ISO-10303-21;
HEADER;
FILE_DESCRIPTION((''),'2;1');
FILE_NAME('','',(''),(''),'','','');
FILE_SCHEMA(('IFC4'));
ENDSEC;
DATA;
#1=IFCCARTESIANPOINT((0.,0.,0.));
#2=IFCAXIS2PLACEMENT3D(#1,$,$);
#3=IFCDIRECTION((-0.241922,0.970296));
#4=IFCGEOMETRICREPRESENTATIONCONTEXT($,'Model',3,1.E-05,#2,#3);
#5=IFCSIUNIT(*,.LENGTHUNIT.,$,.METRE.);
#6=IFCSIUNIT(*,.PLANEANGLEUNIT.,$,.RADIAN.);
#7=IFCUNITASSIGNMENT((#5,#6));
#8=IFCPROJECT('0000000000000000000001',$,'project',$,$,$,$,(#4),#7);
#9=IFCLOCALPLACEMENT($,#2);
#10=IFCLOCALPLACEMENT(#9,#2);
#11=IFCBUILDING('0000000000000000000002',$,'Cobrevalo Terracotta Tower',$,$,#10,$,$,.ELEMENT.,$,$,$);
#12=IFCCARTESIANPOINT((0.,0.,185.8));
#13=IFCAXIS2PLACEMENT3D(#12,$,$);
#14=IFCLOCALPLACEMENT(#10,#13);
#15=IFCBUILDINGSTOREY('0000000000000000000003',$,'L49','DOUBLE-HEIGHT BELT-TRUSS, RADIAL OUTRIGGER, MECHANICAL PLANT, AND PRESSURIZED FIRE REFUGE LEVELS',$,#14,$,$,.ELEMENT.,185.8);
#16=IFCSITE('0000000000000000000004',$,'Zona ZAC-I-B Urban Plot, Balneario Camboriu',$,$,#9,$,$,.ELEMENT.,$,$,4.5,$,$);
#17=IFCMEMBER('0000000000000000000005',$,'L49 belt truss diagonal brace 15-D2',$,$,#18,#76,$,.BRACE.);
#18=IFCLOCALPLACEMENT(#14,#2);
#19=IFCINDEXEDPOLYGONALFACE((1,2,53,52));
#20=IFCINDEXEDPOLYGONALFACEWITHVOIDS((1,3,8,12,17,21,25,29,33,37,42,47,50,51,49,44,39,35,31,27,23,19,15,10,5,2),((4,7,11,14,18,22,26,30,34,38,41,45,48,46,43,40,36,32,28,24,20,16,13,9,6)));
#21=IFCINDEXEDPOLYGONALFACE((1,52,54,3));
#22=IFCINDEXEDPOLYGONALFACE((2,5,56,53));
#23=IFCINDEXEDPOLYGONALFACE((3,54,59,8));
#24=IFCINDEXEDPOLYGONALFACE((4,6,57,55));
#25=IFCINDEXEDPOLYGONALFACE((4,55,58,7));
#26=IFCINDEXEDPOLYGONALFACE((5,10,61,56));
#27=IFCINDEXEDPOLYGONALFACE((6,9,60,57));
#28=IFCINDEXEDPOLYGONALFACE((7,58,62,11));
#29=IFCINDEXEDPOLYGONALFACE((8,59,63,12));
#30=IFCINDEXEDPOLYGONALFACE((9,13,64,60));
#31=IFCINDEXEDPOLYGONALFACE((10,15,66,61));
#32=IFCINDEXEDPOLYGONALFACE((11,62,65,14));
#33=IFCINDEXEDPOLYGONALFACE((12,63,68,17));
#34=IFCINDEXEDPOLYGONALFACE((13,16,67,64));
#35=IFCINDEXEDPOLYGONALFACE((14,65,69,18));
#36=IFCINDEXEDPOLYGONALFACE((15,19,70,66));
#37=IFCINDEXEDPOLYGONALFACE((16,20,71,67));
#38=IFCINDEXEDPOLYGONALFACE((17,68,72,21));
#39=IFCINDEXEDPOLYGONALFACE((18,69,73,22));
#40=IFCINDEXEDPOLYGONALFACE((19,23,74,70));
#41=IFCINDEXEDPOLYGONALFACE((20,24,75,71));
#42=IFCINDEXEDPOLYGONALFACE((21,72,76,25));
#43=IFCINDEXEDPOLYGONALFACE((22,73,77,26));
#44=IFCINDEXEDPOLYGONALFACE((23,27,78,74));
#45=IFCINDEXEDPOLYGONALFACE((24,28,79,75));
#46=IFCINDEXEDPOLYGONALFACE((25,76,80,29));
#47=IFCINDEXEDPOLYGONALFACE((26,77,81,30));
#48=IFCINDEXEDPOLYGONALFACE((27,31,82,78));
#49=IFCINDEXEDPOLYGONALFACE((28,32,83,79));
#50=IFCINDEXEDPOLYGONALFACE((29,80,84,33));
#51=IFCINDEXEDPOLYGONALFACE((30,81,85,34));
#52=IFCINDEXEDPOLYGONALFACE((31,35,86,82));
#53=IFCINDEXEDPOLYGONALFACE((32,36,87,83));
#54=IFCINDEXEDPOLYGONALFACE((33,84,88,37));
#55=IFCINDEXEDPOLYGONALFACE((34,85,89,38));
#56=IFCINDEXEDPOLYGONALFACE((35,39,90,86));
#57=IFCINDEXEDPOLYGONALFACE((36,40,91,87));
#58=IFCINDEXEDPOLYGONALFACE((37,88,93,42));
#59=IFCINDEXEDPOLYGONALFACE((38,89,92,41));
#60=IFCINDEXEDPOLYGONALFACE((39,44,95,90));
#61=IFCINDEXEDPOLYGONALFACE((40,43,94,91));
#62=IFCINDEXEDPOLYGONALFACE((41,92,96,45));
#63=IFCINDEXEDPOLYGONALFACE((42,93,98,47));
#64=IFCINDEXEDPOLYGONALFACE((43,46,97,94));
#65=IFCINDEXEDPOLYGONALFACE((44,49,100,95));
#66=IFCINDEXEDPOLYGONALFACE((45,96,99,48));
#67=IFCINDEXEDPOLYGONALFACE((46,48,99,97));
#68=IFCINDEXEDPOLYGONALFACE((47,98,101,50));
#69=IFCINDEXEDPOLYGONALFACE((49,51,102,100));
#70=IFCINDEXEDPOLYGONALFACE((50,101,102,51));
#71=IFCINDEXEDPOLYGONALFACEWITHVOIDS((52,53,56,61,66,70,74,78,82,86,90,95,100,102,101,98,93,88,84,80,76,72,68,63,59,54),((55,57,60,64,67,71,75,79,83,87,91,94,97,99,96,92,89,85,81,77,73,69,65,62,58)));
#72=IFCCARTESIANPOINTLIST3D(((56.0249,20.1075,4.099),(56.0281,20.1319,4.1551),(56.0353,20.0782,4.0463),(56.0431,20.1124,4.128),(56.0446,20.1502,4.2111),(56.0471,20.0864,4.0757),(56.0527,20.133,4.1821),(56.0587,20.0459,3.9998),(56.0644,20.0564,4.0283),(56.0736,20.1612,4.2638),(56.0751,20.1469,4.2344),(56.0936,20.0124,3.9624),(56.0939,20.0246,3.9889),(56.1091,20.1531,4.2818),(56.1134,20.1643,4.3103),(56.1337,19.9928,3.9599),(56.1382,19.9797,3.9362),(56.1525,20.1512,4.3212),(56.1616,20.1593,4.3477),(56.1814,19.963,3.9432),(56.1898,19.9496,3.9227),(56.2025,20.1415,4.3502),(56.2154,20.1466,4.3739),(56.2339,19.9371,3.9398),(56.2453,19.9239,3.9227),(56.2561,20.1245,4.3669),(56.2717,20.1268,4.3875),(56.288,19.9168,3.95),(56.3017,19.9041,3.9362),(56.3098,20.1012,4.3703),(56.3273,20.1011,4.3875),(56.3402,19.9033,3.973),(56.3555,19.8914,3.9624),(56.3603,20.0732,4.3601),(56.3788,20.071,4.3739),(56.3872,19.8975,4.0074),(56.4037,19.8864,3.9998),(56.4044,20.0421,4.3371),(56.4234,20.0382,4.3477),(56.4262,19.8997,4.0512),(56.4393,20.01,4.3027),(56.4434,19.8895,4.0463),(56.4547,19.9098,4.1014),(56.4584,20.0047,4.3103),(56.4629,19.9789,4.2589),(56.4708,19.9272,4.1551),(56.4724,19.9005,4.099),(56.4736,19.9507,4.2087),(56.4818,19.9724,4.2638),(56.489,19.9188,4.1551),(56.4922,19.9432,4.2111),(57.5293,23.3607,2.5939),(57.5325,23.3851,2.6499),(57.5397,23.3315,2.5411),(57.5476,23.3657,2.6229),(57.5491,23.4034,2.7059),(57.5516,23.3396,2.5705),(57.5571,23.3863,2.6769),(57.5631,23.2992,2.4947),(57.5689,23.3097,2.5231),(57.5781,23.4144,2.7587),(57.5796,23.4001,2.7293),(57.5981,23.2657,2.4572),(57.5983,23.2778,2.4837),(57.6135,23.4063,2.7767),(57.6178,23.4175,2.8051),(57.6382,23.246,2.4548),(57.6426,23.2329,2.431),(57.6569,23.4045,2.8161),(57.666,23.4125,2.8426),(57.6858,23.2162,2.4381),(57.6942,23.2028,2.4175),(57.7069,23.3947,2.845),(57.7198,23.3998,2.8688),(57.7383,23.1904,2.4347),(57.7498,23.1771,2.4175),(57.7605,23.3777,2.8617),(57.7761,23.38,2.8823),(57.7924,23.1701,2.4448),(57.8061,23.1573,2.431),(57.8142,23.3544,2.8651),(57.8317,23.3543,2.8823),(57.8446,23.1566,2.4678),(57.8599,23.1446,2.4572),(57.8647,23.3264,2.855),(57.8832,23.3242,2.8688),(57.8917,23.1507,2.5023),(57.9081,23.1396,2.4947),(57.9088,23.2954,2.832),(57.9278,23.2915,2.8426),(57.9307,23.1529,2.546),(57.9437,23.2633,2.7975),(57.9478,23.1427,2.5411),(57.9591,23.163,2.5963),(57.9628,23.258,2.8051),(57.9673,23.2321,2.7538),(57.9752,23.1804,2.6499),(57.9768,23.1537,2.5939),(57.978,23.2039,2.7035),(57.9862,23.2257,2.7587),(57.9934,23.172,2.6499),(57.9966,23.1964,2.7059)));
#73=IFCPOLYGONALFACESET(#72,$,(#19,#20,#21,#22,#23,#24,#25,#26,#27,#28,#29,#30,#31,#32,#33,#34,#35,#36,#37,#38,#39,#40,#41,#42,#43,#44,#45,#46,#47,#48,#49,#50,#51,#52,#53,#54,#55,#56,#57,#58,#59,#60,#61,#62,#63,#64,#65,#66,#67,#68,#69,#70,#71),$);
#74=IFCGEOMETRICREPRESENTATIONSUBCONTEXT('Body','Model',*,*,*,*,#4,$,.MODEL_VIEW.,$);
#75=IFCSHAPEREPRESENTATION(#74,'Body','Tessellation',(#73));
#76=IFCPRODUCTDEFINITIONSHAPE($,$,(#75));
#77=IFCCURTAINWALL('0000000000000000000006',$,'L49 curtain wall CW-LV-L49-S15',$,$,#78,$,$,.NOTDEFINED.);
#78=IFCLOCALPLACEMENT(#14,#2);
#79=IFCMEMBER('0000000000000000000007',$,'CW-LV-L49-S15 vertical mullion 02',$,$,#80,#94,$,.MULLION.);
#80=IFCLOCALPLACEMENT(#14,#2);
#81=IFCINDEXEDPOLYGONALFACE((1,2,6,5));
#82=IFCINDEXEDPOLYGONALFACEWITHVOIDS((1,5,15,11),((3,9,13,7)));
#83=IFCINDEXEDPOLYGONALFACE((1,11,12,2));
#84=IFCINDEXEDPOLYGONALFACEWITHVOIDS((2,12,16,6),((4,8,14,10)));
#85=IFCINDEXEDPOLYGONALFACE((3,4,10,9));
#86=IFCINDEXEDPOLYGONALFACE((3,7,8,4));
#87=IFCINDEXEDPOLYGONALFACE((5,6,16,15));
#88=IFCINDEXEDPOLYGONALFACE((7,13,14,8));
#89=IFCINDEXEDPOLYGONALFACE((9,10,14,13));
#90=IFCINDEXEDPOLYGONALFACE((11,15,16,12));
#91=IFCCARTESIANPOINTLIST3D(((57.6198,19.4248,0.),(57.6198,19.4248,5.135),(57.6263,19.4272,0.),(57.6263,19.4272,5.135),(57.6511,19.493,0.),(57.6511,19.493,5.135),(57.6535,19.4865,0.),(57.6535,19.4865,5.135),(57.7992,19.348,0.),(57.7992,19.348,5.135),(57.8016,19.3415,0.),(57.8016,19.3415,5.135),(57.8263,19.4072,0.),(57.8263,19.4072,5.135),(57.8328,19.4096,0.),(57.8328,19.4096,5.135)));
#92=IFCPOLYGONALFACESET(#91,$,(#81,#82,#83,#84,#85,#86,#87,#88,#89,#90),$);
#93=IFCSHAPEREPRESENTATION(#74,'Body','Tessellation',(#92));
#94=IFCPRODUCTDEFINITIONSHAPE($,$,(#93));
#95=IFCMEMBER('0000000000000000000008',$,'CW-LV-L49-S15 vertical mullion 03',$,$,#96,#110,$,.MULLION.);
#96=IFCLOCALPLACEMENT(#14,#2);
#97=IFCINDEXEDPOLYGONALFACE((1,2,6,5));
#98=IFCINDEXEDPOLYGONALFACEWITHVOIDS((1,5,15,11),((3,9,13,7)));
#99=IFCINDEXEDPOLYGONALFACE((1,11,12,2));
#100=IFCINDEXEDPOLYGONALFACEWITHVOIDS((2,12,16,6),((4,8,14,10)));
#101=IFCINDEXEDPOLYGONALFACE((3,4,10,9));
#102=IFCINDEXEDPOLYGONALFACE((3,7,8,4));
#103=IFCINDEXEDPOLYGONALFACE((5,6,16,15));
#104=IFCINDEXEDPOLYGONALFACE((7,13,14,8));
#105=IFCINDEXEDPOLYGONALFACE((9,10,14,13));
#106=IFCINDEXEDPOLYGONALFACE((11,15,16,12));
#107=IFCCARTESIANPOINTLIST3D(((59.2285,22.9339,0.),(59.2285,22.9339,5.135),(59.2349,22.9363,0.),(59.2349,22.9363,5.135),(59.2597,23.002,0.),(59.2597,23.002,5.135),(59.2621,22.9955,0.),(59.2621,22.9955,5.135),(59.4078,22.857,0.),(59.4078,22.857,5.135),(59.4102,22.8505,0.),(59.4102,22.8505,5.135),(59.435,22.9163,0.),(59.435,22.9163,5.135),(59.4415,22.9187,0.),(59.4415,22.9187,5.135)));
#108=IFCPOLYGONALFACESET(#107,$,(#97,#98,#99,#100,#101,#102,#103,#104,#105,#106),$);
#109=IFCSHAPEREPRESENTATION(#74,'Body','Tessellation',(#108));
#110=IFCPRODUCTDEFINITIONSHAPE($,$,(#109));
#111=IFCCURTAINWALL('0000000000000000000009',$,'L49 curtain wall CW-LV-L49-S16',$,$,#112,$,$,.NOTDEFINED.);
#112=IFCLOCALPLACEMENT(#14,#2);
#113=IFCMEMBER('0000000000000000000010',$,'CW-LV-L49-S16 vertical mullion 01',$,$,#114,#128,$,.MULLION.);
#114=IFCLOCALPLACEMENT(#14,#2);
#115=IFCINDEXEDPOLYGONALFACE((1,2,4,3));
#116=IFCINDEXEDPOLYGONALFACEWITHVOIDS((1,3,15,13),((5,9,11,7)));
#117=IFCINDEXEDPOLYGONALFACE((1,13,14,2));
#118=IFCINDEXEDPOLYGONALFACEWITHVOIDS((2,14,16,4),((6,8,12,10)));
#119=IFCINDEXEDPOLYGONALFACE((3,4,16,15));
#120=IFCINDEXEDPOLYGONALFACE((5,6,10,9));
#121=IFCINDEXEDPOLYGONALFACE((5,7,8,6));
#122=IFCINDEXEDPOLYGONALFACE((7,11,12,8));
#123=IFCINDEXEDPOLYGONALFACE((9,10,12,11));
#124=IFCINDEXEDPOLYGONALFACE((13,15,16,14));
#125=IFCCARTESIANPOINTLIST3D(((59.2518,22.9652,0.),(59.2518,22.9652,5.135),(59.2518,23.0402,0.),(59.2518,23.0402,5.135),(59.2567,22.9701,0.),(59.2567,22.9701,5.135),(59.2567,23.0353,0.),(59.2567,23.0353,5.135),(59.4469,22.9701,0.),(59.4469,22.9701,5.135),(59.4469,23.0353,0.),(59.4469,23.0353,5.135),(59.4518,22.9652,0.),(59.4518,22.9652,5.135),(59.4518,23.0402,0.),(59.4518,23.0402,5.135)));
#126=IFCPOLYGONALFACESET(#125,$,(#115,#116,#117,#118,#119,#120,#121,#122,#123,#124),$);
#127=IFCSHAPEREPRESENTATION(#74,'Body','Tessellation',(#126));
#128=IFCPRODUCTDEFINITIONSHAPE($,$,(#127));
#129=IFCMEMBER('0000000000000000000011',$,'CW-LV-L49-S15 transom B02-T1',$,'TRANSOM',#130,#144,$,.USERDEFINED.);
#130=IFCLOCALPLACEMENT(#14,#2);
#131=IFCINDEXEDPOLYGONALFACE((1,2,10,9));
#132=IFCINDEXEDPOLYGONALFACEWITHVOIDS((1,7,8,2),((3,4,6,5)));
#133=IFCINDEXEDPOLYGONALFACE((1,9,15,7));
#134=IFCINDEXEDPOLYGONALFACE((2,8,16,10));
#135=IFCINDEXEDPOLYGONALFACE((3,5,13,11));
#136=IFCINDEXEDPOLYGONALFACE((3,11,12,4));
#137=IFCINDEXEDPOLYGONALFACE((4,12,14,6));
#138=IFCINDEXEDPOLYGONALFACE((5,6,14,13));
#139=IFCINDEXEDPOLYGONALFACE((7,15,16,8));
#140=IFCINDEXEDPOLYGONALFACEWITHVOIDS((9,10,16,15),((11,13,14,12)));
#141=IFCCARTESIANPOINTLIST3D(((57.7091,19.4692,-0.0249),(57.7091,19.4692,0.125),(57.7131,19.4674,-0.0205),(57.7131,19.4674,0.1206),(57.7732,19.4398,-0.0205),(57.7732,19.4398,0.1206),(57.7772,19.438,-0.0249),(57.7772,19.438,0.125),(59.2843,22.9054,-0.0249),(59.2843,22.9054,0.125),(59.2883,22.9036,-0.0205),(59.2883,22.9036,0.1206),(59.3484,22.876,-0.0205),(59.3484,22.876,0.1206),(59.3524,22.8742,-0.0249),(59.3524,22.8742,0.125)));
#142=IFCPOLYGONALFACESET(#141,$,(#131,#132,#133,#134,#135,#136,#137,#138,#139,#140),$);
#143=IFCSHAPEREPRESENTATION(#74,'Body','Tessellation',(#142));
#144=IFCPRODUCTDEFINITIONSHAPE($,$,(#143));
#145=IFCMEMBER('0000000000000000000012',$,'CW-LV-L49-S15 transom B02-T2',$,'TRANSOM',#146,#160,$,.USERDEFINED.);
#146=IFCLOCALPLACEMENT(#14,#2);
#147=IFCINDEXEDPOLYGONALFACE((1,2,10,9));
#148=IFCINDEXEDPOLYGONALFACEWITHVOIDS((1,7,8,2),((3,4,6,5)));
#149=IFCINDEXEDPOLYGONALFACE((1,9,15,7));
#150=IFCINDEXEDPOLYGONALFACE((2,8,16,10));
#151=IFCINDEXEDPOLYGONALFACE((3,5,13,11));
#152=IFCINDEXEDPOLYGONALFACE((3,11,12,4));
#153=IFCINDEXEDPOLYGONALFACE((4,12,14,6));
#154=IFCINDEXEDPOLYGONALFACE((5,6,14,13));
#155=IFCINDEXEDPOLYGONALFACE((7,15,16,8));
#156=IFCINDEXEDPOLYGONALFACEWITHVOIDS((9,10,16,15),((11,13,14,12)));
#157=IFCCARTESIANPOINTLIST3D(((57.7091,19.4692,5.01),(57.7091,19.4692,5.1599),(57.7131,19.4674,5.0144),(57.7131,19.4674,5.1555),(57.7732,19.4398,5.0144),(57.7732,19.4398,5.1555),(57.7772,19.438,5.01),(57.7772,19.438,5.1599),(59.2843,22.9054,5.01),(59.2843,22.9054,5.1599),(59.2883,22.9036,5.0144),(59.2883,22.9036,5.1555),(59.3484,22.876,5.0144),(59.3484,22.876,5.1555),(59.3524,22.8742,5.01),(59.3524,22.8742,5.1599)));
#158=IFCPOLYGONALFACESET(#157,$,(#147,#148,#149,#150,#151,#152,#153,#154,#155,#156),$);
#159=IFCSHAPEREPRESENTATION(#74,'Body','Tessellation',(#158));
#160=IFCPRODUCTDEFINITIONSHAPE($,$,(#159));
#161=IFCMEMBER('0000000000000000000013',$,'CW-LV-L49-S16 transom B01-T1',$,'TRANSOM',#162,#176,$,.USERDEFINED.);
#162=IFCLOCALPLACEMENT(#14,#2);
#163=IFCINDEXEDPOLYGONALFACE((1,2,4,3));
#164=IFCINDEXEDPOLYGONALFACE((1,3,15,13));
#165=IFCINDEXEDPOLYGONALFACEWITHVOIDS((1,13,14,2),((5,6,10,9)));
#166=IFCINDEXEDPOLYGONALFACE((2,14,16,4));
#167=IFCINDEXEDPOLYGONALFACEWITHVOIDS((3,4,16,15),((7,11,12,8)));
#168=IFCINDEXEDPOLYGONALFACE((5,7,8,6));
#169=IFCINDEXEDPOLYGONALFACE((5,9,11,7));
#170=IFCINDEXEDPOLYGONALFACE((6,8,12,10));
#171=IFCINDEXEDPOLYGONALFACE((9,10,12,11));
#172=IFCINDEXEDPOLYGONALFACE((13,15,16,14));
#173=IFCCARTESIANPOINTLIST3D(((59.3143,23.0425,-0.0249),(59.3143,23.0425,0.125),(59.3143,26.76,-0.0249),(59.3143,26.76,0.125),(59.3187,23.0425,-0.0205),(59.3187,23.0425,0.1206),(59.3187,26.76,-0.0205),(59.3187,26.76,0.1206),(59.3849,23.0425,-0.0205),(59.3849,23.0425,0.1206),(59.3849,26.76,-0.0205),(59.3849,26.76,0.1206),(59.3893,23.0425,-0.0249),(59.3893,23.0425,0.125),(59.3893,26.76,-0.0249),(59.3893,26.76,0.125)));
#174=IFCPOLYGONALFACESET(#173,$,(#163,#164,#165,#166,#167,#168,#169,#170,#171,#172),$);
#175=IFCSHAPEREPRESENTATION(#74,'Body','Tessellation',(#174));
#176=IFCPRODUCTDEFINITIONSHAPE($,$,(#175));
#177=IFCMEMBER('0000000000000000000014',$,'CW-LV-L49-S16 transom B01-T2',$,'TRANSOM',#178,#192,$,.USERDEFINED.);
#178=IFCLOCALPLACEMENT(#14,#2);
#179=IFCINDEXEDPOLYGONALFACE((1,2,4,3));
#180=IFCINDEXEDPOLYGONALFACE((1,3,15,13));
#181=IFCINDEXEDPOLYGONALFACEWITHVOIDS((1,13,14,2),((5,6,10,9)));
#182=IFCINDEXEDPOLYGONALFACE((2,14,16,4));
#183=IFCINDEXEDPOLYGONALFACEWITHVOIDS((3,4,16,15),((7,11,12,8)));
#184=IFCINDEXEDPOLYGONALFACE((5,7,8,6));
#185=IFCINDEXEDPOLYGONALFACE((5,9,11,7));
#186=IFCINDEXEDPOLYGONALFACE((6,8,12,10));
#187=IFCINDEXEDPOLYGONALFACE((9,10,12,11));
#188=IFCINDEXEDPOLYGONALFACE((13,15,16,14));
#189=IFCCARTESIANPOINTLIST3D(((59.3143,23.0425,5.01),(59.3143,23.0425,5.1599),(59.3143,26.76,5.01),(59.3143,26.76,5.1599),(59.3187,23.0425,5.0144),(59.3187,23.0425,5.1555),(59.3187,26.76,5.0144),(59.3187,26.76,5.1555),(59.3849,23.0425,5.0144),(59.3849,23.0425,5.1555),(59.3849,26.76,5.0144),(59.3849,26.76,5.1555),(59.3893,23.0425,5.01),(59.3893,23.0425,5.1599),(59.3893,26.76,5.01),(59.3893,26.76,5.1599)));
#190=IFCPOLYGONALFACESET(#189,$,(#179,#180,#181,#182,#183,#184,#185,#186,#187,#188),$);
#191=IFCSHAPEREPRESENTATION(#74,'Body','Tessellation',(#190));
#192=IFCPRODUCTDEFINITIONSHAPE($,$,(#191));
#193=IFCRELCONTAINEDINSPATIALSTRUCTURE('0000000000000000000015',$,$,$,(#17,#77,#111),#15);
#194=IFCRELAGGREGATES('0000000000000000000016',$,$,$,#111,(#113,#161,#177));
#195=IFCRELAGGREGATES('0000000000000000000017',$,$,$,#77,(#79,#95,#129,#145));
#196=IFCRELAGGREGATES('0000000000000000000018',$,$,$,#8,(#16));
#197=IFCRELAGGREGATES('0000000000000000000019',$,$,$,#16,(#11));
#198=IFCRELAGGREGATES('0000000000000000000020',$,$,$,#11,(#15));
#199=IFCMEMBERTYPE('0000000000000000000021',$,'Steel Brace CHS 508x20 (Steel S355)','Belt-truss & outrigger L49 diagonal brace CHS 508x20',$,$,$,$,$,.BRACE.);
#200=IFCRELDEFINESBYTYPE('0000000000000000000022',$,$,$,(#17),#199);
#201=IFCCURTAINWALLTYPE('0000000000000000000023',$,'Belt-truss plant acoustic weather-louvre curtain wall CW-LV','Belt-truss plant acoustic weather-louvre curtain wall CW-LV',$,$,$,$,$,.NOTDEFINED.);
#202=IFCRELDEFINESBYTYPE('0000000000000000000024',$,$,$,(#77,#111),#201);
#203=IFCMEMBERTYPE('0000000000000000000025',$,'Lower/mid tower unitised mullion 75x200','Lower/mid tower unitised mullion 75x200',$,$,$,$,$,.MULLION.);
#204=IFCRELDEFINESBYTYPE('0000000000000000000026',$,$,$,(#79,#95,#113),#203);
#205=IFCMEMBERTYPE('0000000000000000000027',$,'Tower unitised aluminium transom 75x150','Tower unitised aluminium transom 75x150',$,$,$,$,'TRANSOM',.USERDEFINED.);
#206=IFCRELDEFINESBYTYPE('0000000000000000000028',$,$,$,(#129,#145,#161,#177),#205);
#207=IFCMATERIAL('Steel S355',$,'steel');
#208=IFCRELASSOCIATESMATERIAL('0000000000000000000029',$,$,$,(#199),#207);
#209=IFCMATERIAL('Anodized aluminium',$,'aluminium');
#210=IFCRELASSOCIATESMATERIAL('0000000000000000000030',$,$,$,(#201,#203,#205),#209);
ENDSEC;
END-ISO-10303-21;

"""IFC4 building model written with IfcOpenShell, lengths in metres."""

from ifc_helpers import new_model, si_unit, direction, frame, origin, origin_2d, place, context, subcontext, project, spatial, hollow_rectangle, hollow_circle, extrude, source, transform, mapped, material, material_profile, profile_set, type_object, element, aggregate, save


model = new_model("IFC4")

# Units and contexts
model_context = context("Model", 3, precision=1e-05, world=origin(), true_north=direction((-0.241922, 0.970296)))
body_context = subcontext(model_context, "Body", "Model", "MODEL_VIEW")
ifc_project = project(units=[si_unit("LENGTHUNIT", "METRE"), si_unit("PLANEANGLEUNIT", "RADIAN")], contexts=[model_context])

# Site, building, storey
site_placement = place(None, origin())
site = spatial("IfcSite", under=ifc_project, at=site_placement, Name="Zona ZAC-I-B Urban Plot, Balneario Camboriu", CompositionType="ELEMENT", RefElevation=4.5)
building_placement = place(site_placement, origin())
building = spatial("IfcBuilding", under=site, at=building_placement, Name="Cobrevalo Terracotta Tower", CompositionType="ELEMENT")
storey_placement = place(building_placement, frame((0.0, 0.0, 185.8)))
storey = spatial("IfcBuildingStorey", under=building, at=storey_placement, Name="L49", Description="DOUBLE-HEIGHT BELT-TRUSS, RADIAL OUTRIGGER, MECHANICAL PLANT, AND PRESSURIZED FIRE REFUGE LEVELS", CompositionType="ELEMENT", Elevation=185.8)

# Shared definitions
ifc_material_1 = material(Name="Steel S355", Category="steel")

# Member
ifc_material_profile_1 = material_profile(ifc_material_1, hollow_circle(Radius=0.2539, WallThickness=0.02, at=origin_2d()), Name="CHS 508x20")
ifc_profile_set_1 = profile_set([ifc_material_profile_1], Name="Steel S355")
member_type_1 = type_object("IfcMemberType", Name="Steel Brace CHS 508x20 (Steel S355)", Description="Belt-truss & outrigger L49 diagonal brace CHS 508x20", PredefinedType="BRACE", material=ifc_profile_set_1)
shared_shape_1 = source(origin(), body_context, "Body", "SweptSolid", [
    extrude(hollow_circle(Radius=0.2539, WallThickness=0.02, at=origin_2d()), origin(), (0.0, 0.0, 1.0), 3.8875),
])
member_1_placement = place(storey_placement, frame((57.7629, 23.2786, 2.6499), z_axis=(-0.386994, -0.836854, 0.387183), x_axis=(0.907648, -0.419732, 0.0)))
element("IfcMember", 1, at=member_1_placement, inside=storey, type_object=member_type_1, Name="L49 belt truss diagonal brace 15-D2", PredefinedType="BRACE", context=body_context, shape_type="MappedRepresentation", body=[
    mapped(shared_shape_1, transform((0.0, 0.0, 0.0), scale=1.0)),
])

# Curtain wall, members
ifc_material_2 = material(Name="Anodized aluminium", Category="aluminium")
curtain_wall_type = type_object("IfcCurtainWallType", Name="Belt-truss plant acoustic weather-louvre curtain wall CW-LV", Description="Belt-truss plant acoustic weather-louvre curtain wall CW-LV", PredefinedType="NOTDEFINED", material=ifc_material_2)
curtain_wall_1_placement = place(storey_placement, origin())
curtain_wall_1 = element("IfcCurtainWall", 2, at=curtain_wall_1_placement, inside=storey, type_object=curtain_wall_type, Name="L49 curtain wall CW-LV-L49-S15", PredefinedType="NOTDEFINED")
ifc_material_profile_2 = material_profile(ifc_material_2, hollow_rectangle(XDim=0.075, YDim=0.2, WallThickness=0.0049, at=origin_2d()), Name="CWM 75x200")
ifc_profile_set_2 = profile_set([ifc_material_profile_2], Name="Anodized aluminium")
member_type_2 = type_object("IfcMemberType", Name="Lower/mid tower unitised mullion 75x200", Description="Lower/mid tower unitised mullion 75x200", PredefinedType="MULLION", material=ifc_profile_set_2)
shared_shape_2 = source(origin(), body_context, "Body", "SweptSolid", [
    extrude(hollow_rectangle(XDim=0.075, YDim=0.2, WallThickness=0.0049, at=origin_2d()), origin(), (0.0, 0.0, 1.0), 5.135),
])
member_2_placement = place(storey_placement, frame((57.7263, 19.4172, 0.0), z_axis=(0.0, 0.0, 1.0), x_axis=(0.416725, 0.909033, 0.0)))
member_2 = element("IfcMember", 3, at=member_2_placement, type_object=member_type_2, Name="CW-LV-L49-S15 vertical mullion 02", PredefinedType="MULLION", context=body_context, shape_type="MappedRepresentation", body=[
    mapped(shared_shape_2, transform((0.0, 0.0, 0.0), scale=1.0)),
])
member_3_placement = place(storey_placement, frame((59.335, 22.9263, 0.0), z_axis=(0.0, 0.0, 1.0), x_axis=(0.416725, 0.909033, 0.0)))
member_3 = element("IfcMember", 4, at=member_3_placement, type_object=member_type_2, Name="CW-LV-L49-S15 vertical mullion 03", PredefinedType="MULLION", context=body_context, shape_type="MappedRepresentation", body=[
    mapped(shared_shape_2, transform((0.0, 0.0, 0.0), scale=1.0)),
])

# Curtain wall, member
curtain_wall_2_placement = place(storey_placement, origin())
curtain_wall_2 = element("IfcCurtainWall", 5, at=curtain_wall_2_placement, inside=storey, type_object=curtain_wall_type, Name="L49 curtain wall CW-LV-L49-S16", PredefinedType="NOTDEFINED")
member_4_placement = place(storey_placement, frame((59.3518, 23.0027, 0.0), z_axis=(0.0, 0.0, 1.0), x_axis=(0.0, 1.0, 0.0)))
member_4 = element("IfcMember", 6, at=member_4_placement, type_object=member_type_2, Name="CW-LV-L49-S16 vertical mullion 01", PredefinedType="MULLION", context=body_context, shape_type="MappedRepresentation", body=[
    mapped(shared_shape_2, transform((0.0, 0.0, 0.0), scale=1.0)),
])

# Members
ifc_material_profile_3 = material_profile(ifc_material_2, hollow_rectangle(XDim=0.075, YDim=0.1499, WallThickness=0.0044, at=origin_2d()), Name="CWT 75x150")
ifc_profile_set_3 = profile_set([ifc_material_profile_3], Name="Anodized aluminium")
member_type_3 = type_object("IfcMemberType", Name="Tower unitised aluminium transom 75x150", Description="Tower unitised aluminium transom 75x150", ElementType="TRANSOM", PredefinedType="USERDEFINED", material=ifc_profile_set_3)
shared_shape_3 = source(origin(), body_context, "Body", "SweptSolid", [
    extrude(hollow_rectangle(XDim=0.075, YDim=0.1499, WallThickness=0.0044, at=origin_2d()), origin(), (0.0, 0.0, 1.0), 3.78),
])
member_5_placement = place(storey_placement, frame((57.7432, 19.4536, 0.05), z_axis=(0.416706, 0.909041, 0.0), x_axis=(-0.909041, 0.416706, 0.0)))
member_5 = element("IfcMember", 7, at=member_5_placement, type_object=member_type_3, Name="CW-LV-L49-S15 transom B02-T1", ObjectType="TRANSOM", PredefinedType="USERDEFINED", context=body_context, shape_type="MappedRepresentation", body=[
    mapped(shared_shape_3, transform((0.0, 0.0, 0.0), scale=1.0)),
])
member_6_placement = place(storey_placement, frame((57.7432, 19.4536, 5.085), z_axis=(0.416706, 0.909041, 0.0), x_axis=(-0.909041, 0.416706, 0.0)))
member_6 = element("IfcMember", 8, at=member_6_placement, type_object=member_type_3, Name="CW-LV-L49-S15 transom B02-T2", ObjectType="TRANSOM", PredefinedType="USERDEFINED", context=body_context, shape_type="MappedRepresentation", body=[
    mapped(shared_shape_3, transform((0.0, 0.0, 0.0), scale=1.0)),
])
shared_shape_4 = source(origin(), body_context, "Body", "SweptSolid", [
    extrude(hollow_rectangle(XDim=0.075, YDim=0.1499, WallThickness=0.0044, at=origin_2d()), origin(), (0.0, 0.0, 1.0), 3.7175),
])
member_7_placement = place(storey_placement, frame((59.3518, 23.0425, 0.05), z_axis=(0.0, 1.0, 0.0), x_axis=(-1.0, 0.0, 0.0)))
member_7 = element("IfcMember", 9, at=member_7_placement, type_object=member_type_3, Name="CW-LV-L49-S16 transom B01-T1", ObjectType="TRANSOM", PredefinedType="USERDEFINED", context=body_context, shape_type="MappedRepresentation", body=[
    mapped(shared_shape_4, transform((0.0, 0.0, 0.0), scale=1.0)),
])
member_8_placement = place(storey_placement, frame((59.3518, 23.0425, 5.085), z_axis=(0.0, 1.0, 0.0), x_axis=(-1.0, 0.0, 0.0)))
member_8 = element("IfcMember", 10, at=member_8_placement, type_object=member_type_3, Name="CW-LV-L49-S16 transom B01-T2", ObjectType="TRANSOM", PredefinedType="USERDEFINED", context=body_context, shape_type="MappedRepresentation", body=[
    mapped(shared_shape_4, transform((0.0, 0.0, 0.0), scale=1.0)),
])
aggregate(curtain_wall_2, [member_4, member_7, member_8])

aggregate(curtain_wall_1, [member_2, member_3, member_5, member_6])

save(model, "model.ifc")
